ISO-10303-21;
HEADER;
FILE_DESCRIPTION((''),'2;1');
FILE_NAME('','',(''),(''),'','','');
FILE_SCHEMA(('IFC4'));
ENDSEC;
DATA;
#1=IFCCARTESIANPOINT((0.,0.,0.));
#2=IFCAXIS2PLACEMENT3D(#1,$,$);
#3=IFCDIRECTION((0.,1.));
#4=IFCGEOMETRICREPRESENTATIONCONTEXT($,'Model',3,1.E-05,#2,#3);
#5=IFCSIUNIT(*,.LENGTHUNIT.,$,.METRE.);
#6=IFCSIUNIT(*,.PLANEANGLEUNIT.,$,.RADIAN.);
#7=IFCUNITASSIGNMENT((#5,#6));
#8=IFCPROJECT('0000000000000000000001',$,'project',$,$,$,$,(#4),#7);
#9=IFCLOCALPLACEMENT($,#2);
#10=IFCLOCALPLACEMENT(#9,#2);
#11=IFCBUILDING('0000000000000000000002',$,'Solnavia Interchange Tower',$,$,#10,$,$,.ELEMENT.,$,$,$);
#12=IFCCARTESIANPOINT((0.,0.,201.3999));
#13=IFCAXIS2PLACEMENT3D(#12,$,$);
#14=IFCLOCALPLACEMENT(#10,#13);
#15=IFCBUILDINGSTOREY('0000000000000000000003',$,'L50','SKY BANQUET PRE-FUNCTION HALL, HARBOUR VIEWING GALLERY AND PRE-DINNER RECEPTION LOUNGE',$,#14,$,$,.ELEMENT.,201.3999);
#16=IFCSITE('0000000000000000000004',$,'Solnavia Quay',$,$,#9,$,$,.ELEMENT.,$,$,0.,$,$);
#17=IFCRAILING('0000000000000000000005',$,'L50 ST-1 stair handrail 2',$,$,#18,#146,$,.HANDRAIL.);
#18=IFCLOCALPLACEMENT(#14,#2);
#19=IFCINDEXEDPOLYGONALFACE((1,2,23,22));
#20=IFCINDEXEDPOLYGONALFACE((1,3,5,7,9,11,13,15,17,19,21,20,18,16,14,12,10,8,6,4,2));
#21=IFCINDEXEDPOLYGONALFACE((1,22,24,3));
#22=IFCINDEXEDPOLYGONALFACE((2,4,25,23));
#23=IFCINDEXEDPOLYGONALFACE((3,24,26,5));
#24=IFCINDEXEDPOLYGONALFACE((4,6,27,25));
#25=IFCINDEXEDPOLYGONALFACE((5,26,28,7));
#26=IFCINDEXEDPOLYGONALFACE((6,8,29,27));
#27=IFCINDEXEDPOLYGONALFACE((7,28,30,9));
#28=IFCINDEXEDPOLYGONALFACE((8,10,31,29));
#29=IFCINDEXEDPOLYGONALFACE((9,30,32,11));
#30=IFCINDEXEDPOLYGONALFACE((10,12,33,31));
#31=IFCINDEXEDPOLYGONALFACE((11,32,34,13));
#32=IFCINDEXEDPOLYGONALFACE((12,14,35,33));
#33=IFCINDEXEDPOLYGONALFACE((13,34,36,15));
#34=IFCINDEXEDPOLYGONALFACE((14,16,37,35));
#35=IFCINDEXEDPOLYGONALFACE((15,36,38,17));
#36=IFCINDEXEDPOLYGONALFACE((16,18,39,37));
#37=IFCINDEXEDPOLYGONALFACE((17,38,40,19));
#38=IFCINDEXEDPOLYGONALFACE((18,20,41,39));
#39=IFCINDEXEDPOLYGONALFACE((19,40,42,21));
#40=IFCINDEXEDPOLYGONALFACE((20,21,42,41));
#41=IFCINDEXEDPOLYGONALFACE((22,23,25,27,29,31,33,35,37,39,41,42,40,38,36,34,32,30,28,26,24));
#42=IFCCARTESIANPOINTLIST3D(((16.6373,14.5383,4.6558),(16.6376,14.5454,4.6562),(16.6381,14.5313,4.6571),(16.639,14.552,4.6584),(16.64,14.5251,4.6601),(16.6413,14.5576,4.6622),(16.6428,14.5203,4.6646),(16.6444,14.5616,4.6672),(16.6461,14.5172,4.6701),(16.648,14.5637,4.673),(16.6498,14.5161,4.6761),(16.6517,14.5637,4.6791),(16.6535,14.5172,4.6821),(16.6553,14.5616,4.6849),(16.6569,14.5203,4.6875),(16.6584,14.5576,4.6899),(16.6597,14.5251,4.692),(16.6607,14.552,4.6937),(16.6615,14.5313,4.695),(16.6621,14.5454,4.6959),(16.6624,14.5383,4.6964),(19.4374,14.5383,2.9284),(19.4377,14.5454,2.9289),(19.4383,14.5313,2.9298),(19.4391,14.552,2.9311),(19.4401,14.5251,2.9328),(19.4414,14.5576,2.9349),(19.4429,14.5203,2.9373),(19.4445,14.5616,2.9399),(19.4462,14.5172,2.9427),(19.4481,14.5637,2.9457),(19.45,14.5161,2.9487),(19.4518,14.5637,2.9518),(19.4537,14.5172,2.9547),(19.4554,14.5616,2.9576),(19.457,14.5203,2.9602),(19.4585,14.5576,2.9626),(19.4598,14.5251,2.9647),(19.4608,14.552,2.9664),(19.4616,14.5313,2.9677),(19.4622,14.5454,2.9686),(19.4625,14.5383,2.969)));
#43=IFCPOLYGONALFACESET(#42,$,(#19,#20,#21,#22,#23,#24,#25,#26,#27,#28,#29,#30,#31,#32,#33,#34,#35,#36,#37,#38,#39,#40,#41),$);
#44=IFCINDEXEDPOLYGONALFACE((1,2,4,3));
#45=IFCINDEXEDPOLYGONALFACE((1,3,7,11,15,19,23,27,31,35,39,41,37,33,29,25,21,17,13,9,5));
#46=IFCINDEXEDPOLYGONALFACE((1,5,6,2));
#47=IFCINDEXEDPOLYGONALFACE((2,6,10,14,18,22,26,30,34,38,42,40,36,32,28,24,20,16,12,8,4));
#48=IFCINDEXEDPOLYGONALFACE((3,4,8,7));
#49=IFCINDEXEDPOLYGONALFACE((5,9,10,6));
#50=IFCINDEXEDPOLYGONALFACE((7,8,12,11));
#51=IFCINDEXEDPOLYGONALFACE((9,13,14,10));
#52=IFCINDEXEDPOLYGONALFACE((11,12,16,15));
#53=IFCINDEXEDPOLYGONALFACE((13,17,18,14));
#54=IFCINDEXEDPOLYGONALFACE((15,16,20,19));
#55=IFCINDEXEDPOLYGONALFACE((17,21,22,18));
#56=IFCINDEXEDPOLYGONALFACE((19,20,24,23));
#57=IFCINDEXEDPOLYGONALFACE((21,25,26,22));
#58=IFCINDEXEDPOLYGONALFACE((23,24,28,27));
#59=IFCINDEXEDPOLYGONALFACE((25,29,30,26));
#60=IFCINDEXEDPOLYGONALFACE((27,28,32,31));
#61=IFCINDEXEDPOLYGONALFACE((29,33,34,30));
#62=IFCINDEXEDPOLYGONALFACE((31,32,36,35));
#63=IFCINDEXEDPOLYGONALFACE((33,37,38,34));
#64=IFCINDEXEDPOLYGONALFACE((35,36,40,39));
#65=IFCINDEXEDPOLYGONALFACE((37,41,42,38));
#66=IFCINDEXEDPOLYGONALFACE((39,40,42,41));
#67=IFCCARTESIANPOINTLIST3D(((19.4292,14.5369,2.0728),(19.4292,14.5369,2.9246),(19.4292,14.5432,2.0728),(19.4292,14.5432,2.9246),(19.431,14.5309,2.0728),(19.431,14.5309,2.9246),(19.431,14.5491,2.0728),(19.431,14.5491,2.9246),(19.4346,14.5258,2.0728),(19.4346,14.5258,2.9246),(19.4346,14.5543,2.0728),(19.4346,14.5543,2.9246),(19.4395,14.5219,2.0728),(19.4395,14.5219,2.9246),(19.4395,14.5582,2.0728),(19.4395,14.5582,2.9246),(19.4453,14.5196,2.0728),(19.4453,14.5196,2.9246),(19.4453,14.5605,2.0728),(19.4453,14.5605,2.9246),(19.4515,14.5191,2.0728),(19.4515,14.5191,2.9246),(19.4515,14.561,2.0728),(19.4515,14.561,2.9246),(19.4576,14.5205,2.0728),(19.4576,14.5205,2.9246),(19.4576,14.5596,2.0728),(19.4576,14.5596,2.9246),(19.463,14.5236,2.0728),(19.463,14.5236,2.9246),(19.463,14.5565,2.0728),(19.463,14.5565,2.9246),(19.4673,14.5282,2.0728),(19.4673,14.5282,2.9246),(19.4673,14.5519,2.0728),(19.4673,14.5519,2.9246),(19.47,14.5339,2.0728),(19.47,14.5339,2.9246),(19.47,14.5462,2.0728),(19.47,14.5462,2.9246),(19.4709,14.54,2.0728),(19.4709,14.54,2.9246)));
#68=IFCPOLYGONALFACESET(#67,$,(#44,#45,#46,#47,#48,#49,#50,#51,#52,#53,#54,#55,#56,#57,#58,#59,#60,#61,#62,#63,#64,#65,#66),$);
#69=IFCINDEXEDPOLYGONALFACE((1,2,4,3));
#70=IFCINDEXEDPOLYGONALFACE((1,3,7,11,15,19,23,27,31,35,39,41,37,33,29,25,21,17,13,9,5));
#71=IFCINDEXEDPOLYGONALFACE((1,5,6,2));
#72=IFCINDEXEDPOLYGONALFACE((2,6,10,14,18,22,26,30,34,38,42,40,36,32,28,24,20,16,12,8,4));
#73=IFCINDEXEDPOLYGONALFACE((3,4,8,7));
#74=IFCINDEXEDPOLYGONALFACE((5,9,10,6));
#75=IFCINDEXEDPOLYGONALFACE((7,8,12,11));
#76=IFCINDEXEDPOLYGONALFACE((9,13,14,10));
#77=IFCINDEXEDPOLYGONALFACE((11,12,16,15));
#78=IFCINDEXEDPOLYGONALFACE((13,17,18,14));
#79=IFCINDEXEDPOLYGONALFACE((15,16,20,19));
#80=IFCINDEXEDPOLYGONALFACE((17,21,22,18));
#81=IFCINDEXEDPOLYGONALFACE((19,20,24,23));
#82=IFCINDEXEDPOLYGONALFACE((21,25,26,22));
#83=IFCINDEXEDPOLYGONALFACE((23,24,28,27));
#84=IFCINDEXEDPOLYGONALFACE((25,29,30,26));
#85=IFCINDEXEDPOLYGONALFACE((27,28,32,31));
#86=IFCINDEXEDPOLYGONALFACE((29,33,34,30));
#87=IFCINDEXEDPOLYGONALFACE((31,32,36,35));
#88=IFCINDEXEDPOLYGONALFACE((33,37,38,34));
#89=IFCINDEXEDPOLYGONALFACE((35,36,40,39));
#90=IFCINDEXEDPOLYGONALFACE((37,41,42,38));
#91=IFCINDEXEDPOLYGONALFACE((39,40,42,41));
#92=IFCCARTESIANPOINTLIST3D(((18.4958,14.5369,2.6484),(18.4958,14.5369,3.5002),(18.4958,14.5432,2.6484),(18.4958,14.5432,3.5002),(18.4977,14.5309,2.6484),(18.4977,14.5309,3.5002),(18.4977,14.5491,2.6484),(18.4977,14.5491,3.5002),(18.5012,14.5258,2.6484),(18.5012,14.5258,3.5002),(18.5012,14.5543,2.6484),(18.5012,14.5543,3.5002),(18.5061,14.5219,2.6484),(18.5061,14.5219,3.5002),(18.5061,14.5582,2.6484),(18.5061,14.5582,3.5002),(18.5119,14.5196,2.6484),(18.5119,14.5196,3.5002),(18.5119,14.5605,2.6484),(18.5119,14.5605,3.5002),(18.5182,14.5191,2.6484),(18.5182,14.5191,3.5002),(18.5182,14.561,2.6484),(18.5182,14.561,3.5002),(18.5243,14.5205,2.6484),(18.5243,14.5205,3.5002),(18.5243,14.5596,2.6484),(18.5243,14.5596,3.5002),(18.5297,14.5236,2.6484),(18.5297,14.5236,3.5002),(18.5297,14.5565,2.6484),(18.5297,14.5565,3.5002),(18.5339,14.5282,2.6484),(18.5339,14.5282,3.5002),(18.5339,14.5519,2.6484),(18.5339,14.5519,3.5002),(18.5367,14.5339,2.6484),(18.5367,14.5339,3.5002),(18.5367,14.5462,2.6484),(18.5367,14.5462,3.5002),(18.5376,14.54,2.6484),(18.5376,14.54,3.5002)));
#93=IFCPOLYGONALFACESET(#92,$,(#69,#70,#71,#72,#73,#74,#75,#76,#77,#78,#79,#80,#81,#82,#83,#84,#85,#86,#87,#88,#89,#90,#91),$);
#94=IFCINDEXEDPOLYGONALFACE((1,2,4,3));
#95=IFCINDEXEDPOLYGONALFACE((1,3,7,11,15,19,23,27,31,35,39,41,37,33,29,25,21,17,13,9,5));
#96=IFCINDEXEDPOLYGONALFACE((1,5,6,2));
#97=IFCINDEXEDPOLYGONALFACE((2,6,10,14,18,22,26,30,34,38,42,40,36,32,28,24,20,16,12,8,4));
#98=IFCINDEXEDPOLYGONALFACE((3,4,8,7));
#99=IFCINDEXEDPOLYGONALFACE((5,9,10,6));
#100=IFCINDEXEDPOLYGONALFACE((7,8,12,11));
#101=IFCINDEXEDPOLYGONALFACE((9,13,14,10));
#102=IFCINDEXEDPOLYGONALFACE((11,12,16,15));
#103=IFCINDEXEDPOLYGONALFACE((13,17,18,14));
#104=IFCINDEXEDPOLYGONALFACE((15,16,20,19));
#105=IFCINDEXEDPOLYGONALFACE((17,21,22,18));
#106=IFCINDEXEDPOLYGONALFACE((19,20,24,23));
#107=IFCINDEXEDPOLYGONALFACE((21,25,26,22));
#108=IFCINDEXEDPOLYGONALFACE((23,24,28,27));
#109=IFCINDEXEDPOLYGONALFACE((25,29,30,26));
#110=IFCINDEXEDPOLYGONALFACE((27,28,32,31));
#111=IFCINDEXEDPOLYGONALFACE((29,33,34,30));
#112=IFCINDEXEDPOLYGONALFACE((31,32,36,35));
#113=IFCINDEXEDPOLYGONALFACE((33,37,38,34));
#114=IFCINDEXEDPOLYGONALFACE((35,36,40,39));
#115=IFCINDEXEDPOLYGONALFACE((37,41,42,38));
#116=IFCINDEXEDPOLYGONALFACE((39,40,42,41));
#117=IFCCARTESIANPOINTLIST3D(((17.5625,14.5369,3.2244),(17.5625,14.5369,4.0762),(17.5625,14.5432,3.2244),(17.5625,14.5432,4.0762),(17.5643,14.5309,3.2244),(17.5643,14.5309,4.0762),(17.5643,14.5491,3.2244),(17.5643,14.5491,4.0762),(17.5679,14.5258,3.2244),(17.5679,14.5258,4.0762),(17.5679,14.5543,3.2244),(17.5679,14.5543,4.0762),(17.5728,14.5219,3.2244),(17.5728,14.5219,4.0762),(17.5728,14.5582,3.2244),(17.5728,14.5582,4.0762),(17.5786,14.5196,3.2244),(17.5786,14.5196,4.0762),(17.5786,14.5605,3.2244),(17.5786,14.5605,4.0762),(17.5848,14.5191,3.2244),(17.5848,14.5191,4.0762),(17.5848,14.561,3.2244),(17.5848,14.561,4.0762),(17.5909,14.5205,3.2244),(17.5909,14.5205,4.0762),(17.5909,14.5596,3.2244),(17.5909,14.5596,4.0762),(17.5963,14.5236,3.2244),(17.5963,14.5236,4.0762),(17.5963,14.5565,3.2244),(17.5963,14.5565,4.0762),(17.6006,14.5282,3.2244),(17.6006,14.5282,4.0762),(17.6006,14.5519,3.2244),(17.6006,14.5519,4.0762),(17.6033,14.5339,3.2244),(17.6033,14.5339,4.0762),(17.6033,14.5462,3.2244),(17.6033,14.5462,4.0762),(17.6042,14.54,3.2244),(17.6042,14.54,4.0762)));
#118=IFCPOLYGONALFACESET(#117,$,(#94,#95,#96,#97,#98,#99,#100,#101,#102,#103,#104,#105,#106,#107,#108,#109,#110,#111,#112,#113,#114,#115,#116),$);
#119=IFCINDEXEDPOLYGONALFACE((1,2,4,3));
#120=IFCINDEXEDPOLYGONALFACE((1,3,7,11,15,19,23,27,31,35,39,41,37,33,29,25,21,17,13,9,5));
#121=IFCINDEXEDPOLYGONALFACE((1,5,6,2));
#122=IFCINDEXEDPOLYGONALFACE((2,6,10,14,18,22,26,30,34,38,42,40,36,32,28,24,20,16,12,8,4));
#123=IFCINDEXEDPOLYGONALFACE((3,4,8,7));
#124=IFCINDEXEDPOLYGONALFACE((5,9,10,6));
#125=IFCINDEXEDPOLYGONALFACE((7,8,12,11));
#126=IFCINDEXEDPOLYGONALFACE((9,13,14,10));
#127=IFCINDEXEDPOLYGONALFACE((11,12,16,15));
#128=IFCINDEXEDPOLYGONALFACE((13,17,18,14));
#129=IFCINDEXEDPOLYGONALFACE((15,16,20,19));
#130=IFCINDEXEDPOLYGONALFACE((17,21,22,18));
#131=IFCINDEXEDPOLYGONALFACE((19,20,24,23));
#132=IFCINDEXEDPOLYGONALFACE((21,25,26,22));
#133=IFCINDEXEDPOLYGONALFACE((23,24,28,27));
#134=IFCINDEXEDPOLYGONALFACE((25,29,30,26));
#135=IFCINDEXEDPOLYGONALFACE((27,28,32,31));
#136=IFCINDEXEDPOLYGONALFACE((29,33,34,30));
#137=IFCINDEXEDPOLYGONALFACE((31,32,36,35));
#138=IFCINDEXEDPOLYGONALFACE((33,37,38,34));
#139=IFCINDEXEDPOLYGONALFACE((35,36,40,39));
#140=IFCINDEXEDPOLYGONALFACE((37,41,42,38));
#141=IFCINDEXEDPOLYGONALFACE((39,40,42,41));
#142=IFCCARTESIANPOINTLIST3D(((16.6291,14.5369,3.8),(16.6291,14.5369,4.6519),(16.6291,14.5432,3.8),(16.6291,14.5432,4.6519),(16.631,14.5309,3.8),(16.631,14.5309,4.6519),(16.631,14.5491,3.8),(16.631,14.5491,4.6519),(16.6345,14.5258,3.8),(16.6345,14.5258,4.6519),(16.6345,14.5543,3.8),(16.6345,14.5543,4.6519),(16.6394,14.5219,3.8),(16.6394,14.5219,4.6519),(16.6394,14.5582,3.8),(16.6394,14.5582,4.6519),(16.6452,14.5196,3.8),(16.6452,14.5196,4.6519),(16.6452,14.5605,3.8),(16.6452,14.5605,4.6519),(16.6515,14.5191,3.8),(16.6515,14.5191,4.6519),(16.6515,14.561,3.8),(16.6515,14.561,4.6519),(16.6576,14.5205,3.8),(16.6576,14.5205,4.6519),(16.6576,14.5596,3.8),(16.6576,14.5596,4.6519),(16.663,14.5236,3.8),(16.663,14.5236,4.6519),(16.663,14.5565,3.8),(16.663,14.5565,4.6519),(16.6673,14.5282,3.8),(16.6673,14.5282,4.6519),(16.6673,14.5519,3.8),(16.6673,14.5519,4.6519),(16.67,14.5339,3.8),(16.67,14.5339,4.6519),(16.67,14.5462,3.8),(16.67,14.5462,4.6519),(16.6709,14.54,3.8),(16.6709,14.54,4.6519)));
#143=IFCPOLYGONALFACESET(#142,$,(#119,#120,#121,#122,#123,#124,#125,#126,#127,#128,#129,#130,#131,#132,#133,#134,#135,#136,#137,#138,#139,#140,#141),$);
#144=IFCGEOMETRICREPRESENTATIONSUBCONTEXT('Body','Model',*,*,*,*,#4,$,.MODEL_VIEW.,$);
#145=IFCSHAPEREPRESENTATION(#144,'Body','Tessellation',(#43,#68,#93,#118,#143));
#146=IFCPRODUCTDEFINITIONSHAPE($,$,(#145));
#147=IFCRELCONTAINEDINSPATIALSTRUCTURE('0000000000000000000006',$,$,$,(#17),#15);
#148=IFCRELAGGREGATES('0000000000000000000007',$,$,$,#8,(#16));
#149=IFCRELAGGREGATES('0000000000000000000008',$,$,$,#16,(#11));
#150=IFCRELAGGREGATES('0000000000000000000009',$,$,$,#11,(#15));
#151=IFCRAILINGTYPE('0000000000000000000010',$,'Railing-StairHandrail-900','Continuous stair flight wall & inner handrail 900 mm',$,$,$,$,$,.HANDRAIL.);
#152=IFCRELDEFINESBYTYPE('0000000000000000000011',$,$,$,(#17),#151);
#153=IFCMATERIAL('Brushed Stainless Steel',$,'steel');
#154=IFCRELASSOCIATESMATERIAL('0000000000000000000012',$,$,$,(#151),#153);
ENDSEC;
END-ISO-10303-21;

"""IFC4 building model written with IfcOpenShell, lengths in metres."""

from ifc_helpers import new_model, si_unit, direction, frame, origin, origin_2d, place, context, subcontext, project, spatial, circle, extrude, material, type_object, element, save


model = new_model("IFC4")

# Units and contexts
model_context = context("Model", 3, precision=1e-05, world=origin(), true_north=direction((0.0, 1.0)))
body_context = subcontext(model_context, "Body", "Model", "MODEL_VIEW")
ifc_project = project(units=[si_unit("LENGTHUNIT", "METRE"), si_unit("PLANEANGLEUNIT", "RADIAN")], contexts=[model_context])

# Site, building, storey
site_placement = place(None, origin())
site = spatial("IfcSite", under=ifc_project, at=site_placement, Name="Solnavia Quay", CompositionType="ELEMENT", RefElevation=0.0)
building_placement = place(site_placement, origin())
building = spatial("IfcBuilding", under=site, at=building_placement, Name="Solnavia Interchange Tower", CompositionType="ELEMENT")
storey_placement = place(building_placement, frame((0.0, 0.0, 201.3999)))
storey = spatial("IfcBuildingStorey", under=building, at=storey_placement, Name="L50", Description="SKY BANQUET PRE-FUNCTION HALL, HARBOUR VIEWING GALLERY AND PRE-DINNER RECEPTION LOUNGE", CompositionType="ELEMENT", Elevation=201.3999)

# Railing
ifc_material_1 = material(Name="Brushed Stainless Steel", Category="steel")
railing_type_1 = type_object("IfcRailingType", Name="Railing-StairHandrail-900", Description="Continuous stair flight wall & inner handrail 900 mm", PredefinedType="HANDRAIL", material=ifc_material_1)
railing_1_placement = place(storey_placement, frame((19.45, 14.54, 2.0728)))
element("IfcRailing", 1, at=railing_1_placement, inside=storey, type_object=railing_type_1, Name="L50 ST-1 stair handrail 2", PredefinedType="HANDRAIL", context=body_context, shape_type="SweptSolid", body=[
    extrude(circle(Radius=0.0239, at=origin_2d()), frame((0.0, 0.0, 0.876), z_axis=(-0.85109, 0.0, 0.52502), x_axis=(0.0, -1.0, 0.0)), (0.0, 0.0, 1.0), 3.29),
    extrude(circle(Radius=0.021, at=origin_2d()), origin(), (0.0, 0.0, 1.0), 0.8518),
    extrude(circle(Radius=0.021, at=origin_2d()), frame((-0.9333, 0.0, 0.5757)), (0.0, 0.0, 1.0), 0.8518),
    extrude(circle(Radius=0.021, at=origin_2d()), frame((-1.8667, 0.0, 1.1516)), (0.0, 0.0, 1.0), 0.8518),
    extrude(circle(Radius=0.021, at=origin_2d()), frame((-2.8, 0.0, 1.7273)), (0.0, 0.0, 1.0), 0.8518),
])

save(model, "model.ifc")
